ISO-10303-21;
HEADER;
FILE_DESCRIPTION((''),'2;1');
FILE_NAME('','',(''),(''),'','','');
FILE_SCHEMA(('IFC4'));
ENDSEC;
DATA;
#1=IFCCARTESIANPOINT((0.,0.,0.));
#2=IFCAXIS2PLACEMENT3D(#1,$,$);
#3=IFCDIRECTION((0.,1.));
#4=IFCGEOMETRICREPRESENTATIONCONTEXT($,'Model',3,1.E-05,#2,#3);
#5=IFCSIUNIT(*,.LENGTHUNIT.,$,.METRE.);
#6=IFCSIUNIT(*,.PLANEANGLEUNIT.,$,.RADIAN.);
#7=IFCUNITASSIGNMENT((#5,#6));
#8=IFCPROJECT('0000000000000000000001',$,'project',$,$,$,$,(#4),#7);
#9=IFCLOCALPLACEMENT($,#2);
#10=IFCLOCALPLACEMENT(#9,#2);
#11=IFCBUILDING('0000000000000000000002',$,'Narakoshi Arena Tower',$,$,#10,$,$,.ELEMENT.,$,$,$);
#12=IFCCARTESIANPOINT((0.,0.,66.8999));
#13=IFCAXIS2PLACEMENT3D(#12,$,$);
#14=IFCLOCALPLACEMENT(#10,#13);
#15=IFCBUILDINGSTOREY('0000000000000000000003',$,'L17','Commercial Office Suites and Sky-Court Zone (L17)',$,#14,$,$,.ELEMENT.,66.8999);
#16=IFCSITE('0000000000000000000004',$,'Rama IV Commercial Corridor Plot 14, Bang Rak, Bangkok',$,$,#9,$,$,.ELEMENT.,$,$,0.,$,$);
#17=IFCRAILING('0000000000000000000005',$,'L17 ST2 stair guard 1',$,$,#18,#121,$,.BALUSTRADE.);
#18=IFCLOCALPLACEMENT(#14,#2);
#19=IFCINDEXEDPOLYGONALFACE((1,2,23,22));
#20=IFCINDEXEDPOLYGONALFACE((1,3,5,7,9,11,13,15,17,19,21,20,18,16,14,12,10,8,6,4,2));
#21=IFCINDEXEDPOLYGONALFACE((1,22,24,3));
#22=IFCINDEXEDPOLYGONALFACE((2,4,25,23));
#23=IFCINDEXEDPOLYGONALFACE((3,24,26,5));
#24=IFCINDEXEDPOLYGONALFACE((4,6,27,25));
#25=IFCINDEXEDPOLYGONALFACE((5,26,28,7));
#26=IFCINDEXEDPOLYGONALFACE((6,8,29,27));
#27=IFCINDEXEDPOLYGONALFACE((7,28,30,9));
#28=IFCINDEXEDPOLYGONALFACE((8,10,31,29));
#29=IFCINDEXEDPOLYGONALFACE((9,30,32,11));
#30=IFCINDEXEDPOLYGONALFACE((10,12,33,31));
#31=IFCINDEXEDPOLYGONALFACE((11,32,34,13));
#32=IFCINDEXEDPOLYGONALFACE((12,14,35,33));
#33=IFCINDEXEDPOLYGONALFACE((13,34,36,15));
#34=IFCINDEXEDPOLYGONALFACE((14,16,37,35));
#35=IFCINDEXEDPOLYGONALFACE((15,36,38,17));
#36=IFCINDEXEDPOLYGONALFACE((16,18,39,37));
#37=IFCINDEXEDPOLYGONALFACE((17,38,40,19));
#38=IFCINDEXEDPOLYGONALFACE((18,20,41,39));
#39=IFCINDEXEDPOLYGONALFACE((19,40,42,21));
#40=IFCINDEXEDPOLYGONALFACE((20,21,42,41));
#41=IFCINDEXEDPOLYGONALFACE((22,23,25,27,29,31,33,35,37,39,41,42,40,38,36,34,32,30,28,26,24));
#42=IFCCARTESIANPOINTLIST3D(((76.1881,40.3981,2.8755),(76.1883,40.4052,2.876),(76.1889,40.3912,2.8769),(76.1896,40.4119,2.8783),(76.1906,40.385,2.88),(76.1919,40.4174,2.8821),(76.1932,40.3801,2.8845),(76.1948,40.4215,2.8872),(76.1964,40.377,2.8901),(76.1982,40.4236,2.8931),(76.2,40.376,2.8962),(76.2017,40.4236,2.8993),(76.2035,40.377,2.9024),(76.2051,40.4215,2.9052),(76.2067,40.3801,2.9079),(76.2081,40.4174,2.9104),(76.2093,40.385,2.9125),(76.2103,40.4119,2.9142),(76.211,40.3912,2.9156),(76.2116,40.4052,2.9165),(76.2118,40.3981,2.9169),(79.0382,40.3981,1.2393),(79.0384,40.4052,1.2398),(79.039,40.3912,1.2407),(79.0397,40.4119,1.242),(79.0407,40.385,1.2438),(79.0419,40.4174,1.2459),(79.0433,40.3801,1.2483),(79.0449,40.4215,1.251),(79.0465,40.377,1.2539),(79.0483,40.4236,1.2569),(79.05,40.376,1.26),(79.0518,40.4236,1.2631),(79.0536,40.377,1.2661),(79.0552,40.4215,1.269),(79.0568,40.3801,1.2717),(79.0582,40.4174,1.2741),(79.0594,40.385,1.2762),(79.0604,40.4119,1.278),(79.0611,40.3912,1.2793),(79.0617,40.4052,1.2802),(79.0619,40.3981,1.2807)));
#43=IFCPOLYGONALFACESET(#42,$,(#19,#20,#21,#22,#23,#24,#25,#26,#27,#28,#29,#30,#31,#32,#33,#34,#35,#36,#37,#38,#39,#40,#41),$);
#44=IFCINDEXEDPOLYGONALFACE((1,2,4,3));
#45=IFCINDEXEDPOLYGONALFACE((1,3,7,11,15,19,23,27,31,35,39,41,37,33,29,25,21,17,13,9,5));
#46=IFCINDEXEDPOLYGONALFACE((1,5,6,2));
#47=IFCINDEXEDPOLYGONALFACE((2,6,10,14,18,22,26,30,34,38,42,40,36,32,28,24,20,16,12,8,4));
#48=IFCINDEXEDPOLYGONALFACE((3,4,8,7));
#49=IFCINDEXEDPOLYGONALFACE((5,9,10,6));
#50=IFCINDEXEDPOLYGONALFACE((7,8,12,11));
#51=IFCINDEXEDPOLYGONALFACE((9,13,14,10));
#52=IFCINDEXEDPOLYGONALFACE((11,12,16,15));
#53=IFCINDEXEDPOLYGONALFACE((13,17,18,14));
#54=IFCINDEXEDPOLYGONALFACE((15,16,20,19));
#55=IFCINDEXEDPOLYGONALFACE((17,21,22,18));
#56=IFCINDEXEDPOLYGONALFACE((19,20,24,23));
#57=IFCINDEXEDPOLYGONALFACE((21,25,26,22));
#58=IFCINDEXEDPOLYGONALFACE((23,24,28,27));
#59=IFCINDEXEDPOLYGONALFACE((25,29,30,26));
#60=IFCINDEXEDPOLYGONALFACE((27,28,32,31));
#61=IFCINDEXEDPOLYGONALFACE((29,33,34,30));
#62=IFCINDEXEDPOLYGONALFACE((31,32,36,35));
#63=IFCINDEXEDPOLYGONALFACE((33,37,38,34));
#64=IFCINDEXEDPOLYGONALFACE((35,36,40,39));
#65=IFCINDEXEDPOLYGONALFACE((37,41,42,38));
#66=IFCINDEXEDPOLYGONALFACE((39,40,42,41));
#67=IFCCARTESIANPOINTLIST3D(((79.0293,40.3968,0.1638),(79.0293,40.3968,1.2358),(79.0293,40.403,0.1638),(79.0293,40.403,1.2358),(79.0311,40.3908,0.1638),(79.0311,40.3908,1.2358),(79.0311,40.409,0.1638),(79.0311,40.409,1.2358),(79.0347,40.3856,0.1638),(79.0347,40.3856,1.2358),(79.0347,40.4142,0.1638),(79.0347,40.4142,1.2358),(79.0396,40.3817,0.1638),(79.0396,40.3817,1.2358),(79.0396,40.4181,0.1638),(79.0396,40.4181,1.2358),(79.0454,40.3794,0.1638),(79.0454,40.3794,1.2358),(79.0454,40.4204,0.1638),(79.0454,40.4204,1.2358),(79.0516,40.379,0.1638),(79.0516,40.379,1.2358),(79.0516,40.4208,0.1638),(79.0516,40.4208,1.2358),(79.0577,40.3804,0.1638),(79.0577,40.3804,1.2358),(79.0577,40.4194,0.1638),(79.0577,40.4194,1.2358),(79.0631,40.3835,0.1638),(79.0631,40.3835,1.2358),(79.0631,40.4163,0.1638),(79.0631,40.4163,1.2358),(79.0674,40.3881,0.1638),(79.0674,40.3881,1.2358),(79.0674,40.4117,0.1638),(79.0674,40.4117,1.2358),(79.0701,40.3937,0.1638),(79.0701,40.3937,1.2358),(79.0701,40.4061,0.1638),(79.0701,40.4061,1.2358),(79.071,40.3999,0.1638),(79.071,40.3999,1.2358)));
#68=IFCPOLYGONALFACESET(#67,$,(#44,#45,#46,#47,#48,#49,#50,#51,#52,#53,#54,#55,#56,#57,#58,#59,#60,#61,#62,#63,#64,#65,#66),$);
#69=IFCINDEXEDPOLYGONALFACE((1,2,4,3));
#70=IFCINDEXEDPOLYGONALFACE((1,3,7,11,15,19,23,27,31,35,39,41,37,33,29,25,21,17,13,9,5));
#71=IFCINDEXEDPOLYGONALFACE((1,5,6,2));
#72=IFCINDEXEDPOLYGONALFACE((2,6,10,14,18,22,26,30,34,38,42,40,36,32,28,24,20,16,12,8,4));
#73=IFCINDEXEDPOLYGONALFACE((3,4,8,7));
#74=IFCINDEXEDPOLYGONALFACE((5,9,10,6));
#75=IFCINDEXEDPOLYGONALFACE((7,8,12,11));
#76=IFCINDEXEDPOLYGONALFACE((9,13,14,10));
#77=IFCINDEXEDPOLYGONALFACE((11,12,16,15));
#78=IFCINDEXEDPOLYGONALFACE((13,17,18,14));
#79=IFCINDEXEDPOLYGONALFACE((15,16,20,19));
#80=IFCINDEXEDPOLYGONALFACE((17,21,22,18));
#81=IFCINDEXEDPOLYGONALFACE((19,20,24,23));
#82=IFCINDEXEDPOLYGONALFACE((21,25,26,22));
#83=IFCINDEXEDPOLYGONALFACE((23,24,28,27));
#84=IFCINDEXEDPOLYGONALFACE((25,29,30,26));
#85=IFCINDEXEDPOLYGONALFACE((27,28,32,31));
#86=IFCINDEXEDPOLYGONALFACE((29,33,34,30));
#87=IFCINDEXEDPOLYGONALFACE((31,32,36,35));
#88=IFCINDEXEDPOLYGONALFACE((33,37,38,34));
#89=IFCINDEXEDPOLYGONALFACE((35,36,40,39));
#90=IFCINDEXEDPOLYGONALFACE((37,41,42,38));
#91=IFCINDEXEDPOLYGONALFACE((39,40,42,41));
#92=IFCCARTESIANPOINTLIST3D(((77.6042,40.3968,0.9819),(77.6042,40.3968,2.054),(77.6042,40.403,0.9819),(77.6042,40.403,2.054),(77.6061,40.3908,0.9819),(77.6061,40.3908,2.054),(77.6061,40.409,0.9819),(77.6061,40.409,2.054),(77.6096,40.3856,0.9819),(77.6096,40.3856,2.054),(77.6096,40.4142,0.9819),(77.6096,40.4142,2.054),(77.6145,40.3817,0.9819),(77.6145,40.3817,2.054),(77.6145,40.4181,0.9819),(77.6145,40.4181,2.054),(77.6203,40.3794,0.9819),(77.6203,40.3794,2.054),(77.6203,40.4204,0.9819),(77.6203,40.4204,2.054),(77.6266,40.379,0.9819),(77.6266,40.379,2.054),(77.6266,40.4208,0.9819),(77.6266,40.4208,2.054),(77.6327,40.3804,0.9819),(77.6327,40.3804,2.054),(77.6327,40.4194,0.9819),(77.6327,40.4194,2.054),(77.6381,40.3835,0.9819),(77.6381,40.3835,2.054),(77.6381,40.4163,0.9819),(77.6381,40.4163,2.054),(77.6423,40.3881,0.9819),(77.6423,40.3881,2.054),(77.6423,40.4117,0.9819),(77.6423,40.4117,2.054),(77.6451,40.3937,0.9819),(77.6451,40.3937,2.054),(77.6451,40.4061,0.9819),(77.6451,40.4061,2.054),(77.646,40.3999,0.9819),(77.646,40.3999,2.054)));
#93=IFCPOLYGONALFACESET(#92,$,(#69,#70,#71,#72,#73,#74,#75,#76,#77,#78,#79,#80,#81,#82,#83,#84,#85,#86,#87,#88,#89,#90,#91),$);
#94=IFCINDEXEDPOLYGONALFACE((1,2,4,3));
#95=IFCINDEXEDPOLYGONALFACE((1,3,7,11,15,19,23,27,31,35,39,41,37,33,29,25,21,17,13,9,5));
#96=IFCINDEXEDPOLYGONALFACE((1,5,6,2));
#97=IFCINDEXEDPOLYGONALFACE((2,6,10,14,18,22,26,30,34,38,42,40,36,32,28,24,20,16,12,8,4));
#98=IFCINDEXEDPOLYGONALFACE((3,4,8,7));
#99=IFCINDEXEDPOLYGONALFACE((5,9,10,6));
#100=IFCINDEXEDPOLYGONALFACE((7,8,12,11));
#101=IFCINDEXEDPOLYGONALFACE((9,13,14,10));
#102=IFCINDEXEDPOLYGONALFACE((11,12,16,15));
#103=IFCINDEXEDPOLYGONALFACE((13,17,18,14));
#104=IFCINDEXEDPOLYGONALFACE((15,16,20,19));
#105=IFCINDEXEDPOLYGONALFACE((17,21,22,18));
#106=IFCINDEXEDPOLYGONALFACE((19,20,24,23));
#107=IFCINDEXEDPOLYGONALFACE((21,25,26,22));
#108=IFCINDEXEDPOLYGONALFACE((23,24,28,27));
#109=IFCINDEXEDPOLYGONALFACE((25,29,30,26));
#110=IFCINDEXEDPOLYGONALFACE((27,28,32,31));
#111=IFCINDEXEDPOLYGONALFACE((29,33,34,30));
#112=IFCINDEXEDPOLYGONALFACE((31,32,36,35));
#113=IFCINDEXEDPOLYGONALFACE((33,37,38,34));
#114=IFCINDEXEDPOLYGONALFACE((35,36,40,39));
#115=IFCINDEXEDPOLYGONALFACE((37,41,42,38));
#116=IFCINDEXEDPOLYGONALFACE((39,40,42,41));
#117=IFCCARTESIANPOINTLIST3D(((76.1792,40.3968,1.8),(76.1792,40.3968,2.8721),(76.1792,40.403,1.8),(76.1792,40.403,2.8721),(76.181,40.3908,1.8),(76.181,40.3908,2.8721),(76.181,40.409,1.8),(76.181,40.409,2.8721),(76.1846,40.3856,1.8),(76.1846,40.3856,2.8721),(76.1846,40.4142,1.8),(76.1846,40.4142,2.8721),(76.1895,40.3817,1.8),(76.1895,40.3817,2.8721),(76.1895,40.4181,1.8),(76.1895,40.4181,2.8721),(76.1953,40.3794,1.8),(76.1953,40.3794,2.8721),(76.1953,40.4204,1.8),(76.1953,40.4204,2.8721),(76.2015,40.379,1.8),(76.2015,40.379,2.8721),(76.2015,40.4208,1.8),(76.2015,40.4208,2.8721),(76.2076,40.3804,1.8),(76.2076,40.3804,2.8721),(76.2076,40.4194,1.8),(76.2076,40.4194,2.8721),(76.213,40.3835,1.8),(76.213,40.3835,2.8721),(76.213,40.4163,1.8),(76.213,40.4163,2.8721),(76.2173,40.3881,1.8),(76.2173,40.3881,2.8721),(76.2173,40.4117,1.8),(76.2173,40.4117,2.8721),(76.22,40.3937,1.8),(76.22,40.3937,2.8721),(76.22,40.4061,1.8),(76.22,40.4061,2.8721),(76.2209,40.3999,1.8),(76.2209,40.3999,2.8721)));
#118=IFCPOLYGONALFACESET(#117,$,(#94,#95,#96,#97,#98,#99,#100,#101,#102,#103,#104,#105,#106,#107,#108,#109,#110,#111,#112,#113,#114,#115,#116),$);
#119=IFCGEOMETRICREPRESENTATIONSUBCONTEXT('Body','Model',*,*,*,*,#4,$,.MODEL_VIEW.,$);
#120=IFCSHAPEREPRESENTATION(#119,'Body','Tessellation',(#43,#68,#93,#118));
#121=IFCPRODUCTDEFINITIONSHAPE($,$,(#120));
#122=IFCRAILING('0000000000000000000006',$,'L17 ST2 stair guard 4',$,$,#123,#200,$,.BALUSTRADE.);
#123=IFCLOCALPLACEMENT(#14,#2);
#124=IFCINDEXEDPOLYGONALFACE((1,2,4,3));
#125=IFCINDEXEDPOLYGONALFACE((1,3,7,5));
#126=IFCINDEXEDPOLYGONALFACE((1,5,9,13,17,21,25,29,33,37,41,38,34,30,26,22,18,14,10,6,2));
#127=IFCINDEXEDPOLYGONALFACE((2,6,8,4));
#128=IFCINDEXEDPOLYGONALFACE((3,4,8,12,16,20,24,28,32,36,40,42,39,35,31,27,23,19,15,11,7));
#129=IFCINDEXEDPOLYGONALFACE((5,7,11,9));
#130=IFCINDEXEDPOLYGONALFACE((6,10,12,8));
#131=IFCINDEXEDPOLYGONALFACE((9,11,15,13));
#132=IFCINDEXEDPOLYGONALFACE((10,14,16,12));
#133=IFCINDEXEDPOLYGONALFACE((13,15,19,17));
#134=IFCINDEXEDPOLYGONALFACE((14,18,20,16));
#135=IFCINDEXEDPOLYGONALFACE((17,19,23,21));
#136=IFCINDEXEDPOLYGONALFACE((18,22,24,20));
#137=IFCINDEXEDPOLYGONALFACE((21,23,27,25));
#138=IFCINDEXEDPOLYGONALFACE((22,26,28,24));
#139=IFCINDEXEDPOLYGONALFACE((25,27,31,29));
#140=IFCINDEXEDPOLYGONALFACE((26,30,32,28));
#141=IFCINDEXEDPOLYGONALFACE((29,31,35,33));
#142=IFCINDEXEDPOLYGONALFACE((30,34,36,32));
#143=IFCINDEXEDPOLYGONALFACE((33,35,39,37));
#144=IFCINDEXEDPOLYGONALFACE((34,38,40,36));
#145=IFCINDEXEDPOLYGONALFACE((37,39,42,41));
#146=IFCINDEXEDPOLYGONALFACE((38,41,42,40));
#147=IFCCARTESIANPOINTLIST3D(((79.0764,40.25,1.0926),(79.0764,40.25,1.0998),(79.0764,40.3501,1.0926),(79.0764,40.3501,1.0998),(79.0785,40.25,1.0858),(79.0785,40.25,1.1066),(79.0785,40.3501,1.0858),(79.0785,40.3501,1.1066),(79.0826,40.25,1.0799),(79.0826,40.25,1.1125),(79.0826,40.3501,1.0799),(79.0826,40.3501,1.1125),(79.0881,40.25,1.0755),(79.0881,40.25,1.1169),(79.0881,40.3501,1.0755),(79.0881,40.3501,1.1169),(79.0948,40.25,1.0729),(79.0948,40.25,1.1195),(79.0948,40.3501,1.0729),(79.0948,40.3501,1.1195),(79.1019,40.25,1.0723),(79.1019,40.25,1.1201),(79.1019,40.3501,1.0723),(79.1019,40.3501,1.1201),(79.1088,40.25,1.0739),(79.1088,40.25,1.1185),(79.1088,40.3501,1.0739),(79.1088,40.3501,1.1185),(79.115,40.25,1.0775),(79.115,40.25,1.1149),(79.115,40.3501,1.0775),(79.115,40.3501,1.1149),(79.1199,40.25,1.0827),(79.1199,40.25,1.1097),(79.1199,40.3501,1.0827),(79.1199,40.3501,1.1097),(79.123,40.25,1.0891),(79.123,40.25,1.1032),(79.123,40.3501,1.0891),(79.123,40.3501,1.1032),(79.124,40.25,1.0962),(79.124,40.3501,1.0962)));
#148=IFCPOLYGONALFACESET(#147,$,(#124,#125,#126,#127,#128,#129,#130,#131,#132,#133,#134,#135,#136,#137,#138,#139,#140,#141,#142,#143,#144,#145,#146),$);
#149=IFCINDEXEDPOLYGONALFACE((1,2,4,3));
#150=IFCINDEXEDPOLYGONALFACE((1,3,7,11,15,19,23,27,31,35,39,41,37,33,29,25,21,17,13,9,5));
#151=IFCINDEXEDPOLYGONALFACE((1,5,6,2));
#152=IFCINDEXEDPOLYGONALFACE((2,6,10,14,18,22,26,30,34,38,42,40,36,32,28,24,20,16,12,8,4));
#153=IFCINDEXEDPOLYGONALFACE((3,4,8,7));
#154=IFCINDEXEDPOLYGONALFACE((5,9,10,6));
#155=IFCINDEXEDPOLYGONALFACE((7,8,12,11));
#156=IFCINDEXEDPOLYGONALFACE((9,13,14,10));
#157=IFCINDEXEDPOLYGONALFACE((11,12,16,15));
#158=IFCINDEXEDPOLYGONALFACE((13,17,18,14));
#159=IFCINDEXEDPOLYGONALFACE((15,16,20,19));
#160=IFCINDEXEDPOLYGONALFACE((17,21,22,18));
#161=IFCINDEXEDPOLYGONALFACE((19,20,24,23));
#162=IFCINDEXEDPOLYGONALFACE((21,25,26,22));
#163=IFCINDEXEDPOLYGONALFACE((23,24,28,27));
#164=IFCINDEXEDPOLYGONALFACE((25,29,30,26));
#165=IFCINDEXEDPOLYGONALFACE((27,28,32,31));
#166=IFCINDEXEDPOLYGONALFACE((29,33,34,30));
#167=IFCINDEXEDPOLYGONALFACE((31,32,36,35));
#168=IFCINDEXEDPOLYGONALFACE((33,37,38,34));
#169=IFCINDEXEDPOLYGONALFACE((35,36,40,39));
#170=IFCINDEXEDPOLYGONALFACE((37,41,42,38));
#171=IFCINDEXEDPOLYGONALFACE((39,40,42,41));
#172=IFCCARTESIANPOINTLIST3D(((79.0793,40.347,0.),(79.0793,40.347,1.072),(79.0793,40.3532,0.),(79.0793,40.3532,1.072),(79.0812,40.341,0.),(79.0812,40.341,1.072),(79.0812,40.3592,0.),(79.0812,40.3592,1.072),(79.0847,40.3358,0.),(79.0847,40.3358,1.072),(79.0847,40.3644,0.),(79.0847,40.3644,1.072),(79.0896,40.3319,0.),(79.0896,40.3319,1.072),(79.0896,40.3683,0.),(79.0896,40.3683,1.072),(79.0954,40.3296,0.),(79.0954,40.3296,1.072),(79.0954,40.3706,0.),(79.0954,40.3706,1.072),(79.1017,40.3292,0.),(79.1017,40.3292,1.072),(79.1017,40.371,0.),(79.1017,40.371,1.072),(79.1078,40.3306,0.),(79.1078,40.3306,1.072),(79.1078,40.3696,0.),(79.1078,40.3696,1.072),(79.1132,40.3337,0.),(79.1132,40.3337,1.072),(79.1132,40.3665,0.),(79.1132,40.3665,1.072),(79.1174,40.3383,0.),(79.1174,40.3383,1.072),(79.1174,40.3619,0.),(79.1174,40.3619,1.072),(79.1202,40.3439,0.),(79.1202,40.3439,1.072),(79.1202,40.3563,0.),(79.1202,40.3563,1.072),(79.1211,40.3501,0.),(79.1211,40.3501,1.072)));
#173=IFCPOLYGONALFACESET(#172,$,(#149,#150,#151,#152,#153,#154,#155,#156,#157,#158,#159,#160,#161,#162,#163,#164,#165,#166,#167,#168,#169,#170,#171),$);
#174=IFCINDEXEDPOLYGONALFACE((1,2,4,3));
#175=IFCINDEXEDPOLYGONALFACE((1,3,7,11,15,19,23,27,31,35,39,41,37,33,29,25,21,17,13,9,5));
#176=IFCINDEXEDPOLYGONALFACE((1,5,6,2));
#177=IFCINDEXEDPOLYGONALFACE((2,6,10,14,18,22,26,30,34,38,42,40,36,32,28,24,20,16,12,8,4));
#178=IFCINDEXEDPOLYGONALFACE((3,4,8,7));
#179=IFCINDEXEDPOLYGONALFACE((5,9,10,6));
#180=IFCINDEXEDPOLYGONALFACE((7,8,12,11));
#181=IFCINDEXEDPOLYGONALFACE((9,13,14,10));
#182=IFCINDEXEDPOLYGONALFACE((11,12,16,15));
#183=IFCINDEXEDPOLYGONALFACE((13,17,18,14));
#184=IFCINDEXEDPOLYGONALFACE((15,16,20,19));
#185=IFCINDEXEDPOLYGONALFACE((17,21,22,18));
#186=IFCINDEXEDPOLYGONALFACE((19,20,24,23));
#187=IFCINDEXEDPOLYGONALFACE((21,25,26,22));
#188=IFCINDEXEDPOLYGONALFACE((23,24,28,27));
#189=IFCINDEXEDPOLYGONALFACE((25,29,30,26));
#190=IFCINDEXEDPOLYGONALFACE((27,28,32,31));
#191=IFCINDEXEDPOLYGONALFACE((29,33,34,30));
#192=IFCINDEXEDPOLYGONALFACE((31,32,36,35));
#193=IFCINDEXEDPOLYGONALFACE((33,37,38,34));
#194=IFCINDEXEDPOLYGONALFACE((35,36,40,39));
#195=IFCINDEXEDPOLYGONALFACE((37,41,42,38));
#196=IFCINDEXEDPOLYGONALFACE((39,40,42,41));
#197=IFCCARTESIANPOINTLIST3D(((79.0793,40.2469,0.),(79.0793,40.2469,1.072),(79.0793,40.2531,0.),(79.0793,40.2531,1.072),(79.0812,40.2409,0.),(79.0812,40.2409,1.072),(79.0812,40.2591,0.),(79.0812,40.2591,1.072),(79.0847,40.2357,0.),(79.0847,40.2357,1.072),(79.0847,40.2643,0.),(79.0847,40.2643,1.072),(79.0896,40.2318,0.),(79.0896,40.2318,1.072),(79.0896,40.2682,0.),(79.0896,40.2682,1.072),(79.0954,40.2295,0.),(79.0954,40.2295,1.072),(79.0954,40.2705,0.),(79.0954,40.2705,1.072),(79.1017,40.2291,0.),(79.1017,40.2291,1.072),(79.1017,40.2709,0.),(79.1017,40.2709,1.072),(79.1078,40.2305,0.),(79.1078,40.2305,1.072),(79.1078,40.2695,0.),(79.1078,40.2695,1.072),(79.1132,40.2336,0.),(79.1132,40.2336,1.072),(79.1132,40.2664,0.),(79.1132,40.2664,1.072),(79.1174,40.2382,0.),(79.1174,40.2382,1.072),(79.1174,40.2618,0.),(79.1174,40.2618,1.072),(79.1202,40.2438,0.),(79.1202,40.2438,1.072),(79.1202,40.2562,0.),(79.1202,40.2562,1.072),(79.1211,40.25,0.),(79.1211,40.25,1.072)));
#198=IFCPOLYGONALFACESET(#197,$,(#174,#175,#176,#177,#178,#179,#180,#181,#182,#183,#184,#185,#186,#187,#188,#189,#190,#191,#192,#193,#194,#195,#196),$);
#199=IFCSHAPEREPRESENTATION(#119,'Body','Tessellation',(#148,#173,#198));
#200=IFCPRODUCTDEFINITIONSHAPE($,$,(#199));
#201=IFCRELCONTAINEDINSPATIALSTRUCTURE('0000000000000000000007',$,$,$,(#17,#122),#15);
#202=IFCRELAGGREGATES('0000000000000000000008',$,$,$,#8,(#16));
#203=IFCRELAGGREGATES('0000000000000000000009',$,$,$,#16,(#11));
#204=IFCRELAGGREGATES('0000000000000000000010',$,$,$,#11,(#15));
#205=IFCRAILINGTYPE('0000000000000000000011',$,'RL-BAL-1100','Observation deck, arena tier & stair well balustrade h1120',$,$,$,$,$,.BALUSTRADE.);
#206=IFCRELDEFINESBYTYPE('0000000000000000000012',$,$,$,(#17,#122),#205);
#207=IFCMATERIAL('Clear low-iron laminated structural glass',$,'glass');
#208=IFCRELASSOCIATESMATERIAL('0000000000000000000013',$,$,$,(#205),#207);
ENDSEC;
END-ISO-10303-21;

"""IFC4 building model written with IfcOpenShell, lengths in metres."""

from ifc_helpers import new_model, si_unit, direction, frame, origin, origin_2d, place, context, subcontext, project, spatial, circle, extrude, material, type_object, element, save


model = new_model("IFC4")

# Units and contexts
model_context = context("Model", 3, precision=1e-05, world=origin(), true_north=direction((0.0, 1.0)))
body_context = subcontext(model_context, "Body", "Model", "MODEL_VIEW")
ifc_project = project(units=[si_unit("LENGTHUNIT", "METRE"), si_unit("PLANEANGLEUNIT", "RADIAN")], contexts=[model_context])

# Site, building, storey
site_placement = place(None, origin())
site = spatial("IfcSite", under=ifc_project, at=site_placement, Name="Rama IV Commercial Corridor Plot 14, Bang Rak, Bangkok", CompositionType="ELEMENT", RefElevation=0.0)
building_placement = place(site_placement, origin())
building = spatial("IfcBuilding", under=site, at=building_placement, Name="Narakoshi Arena Tower", CompositionType="ELEMENT")
storey_placement = place(building_placement, frame((0.0, 0.0, 66.8999)))
storey = spatial("IfcBuildingStorey", under=building, at=storey_placement, Name="L17", Description="Commercial Office Suites and Sky-Court Zone (L17)", CompositionType="ELEMENT", Elevation=66.8999)

# Railings
ifc_material_1 = material(Name="Clear low-iron laminated structural glass", Category="glass")
railing_type_1 = type_object("IfcRailingType", Name="RL-BAL-1100", Description="Observation deck, arena tier & stair well balustrade h1120", PredefinedType="BALUSTRADE", material=ifc_material_1)
railing_1_placement = place(storey_placement, frame((79.05, 40.3999, 0.1638)))
element("IfcRailing", 1, at=railing_1_placement, inside=storey, type_object=railing_type_1, Name="L17 ST2 stair guard 1", PredefinedType="BALUSTRADE", context=body_context, shape_type="SweptSolid", body=[
    extrude(circle(Radius=0.0239, at=origin_2d()), frame((0.0, 0.0, 1.0962), z_axis=(-0.867245, 0.0, 0.497882), x_axis=(0.0, -1.0, 0.0)), (0.0, 0.0, 1.0), 3.2864),
    extrude(circle(Radius=0.021, at=origin_2d()), origin(), (0.0, 0.0, 1.0), 1.072),
    extrude(circle(Radius=0.021, at=origin_2d()), frame((-1.425, 0.0, 0.8181)), (0.0, 0.0, 1.0), 1.072),
    extrude(circle(Radius=0.021, at=origin_2d()), frame((-2.8501, 0.0, 1.6362)), (0.0, 0.0, 1.0), 1.072),
])
railing_2_placement = place(storey_placement, frame((79.1001, 40.3501, 0.0)))
element("IfcRailing", 2, at=railing_2_placement, inside=storey, type_object=railing_type_1, Name="L17 ST2 stair guard 4", PredefinedType="BALUSTRADE", context=body_context, shape_type="SweptSolid", body=[
    extrude(circle(Radius=0.0239, at=origin_2d()), frame((0.0, 0.0, 1.0962), z_axis=(0.0, -1.0, 0.0), x_axis=(1.0, 0.0, 0.0)), (0.0, 0.0, 1.0), 0.1001),
    extrude(circle(Radius=0.021, at=origin_2d()), origin(), (0.0, 0.0, 1.0), 1.072),
    extrude(circle(Radius=0.021, at=origin_2d()), frame((0.0, -0.1001, 0.0)), (0.0, 0.0, 1.0), 1.072),
])

save(model, "model.ifc")
